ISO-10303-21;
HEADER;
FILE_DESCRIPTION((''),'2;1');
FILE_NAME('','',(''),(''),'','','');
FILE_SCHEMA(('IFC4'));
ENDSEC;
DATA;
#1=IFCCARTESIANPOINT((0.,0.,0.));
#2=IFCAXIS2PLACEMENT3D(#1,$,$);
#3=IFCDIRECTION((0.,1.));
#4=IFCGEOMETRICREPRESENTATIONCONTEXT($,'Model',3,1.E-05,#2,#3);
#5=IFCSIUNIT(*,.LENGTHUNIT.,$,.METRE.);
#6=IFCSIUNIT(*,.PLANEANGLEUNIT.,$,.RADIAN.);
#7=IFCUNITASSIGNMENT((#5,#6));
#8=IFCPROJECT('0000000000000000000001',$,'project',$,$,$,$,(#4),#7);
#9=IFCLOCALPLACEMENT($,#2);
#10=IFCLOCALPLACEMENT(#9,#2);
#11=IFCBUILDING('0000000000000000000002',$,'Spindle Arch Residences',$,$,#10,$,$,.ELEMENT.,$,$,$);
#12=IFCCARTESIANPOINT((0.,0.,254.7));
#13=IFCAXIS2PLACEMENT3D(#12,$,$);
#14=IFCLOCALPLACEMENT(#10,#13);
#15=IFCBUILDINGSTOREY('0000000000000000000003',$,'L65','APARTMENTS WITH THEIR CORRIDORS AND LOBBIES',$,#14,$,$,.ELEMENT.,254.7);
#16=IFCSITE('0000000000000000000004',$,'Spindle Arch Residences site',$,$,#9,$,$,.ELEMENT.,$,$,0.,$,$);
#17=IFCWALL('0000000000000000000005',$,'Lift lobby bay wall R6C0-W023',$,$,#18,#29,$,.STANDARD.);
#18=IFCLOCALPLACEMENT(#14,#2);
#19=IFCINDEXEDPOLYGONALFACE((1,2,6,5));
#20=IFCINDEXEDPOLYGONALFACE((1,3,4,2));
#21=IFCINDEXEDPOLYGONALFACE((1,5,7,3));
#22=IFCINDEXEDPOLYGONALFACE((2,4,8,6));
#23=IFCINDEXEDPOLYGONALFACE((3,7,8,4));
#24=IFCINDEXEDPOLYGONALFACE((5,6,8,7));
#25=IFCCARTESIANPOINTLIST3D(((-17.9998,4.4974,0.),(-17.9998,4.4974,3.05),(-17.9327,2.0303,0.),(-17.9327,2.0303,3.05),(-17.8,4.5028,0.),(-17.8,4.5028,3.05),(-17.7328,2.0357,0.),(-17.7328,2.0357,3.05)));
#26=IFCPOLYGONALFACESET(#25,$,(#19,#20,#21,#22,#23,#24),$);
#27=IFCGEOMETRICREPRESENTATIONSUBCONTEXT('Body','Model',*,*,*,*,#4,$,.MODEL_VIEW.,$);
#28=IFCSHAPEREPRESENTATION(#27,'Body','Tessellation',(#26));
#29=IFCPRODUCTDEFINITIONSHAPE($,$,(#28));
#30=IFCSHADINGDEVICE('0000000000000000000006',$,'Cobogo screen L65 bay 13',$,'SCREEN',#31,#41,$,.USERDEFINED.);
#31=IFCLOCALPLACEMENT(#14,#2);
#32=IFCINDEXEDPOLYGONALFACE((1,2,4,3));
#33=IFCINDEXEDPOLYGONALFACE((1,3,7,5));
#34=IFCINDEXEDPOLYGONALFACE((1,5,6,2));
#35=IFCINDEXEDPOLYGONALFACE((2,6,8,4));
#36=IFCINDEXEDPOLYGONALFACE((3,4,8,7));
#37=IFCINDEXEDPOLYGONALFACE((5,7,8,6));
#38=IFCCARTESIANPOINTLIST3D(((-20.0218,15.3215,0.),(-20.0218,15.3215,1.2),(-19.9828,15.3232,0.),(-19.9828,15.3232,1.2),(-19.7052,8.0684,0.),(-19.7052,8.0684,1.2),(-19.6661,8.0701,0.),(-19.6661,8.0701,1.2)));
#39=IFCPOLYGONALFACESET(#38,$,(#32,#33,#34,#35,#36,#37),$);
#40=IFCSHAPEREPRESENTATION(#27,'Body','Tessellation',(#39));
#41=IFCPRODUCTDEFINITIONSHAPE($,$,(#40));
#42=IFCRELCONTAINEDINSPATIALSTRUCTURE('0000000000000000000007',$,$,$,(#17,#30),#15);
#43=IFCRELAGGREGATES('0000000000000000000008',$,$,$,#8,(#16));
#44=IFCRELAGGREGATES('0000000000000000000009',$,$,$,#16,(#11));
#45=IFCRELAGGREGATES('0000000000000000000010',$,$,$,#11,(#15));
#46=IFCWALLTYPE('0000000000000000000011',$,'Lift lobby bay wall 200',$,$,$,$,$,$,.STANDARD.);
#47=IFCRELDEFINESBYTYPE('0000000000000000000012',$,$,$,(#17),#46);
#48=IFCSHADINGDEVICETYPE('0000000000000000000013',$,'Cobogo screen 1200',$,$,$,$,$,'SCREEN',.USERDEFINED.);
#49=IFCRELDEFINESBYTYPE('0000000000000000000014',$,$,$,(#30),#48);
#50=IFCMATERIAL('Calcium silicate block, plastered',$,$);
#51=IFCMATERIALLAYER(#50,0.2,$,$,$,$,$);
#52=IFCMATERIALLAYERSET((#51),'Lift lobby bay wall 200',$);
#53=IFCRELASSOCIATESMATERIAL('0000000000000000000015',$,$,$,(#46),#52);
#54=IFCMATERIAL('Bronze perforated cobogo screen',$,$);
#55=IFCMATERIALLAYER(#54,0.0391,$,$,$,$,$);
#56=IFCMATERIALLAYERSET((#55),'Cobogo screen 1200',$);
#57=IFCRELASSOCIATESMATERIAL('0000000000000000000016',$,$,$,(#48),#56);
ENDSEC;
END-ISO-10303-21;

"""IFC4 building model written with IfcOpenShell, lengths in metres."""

from ifc_helpers import new_model, si_unit, direction, frame, frame_2d, origin, origin_2d, place, context, subcontext, project, spatial, rectangle, extrude, material, layer, layer_set, type_object, element, save


model = new_model("IFC4")

# Units and contexts
model_context = context("Model", 3, precision=1e-05, world=origin(), true_north=direction((0.0, 1.0)))
body_context = subcontext(model_context, "Body", "Model", "MODEL_VIEW")
ifc_project = project(units=[si_unit("LENGTHUNIT", "METRE"), si_unit("PLANEANGLEUNIT", "RADIAN")], contexts=[model_context])

# Site, building, storey
site_placement = place(None, origin())
site = spatial("IfcSite", under=ifc_project, at=site_placement, Name="Spindle Arch Residences site", CompositionType="ELEMENT", RefElevation=0.0)
building_placement = place(site_placement, origin())
building = spatial("IfcBuilding", under=site, at=building_placement, Name="Spindle Arch Residences", CompositionType="ELEMENT")
storey_placement = place(building_placement, frame((0.0, 0.0, 254.7)))
storey = spatial("IfcBuildingStorey", under=building, at=storey_placement, Name="L65", Description="APARTMENTS WITH THEIR CORRIDORS AND LOBBIES", CompositionType="ELEMENT", Elevation=254.7)

# Shared definitions
ifc_material_1 = material(Name="Calcium silicate block, plastered")
ifc_layer_1 = layer(ifc_material_1, 0.2)
ifc_layer_set_1 = layer_set([ifc_layer_1], Name="Lift lobby bay wall 200")
wall_type_1 = type_object("IfcWallType", Name="Lift lobby bay wall 200", PredefinedType="STANDARD", material=ifc_layer_set_1)

# Wall
wall_1_placement = place(storey_placement, frame((-17.8999, 4.5, 0.0), z_axis=(0.0, 0.0, 1.0), x_axis=(0.027204, -0.99963, 0.0)))
element("IfcWall", 1, at=wall_1_placement, inside=storey, type_object=wall_type_1, Name="Lift lobby bay wall R6C0-W023", PredefinedType="STANDARD", context=body_context, shape_type="SweptSolid", body=[
    extrude(rectangle(XDim=2.468, YDim=0.2, at=frame_2d((1.2339, 0.0))), origin(), (0.0, 0.0, 1.0), 3.05),
])

# Shading device
ifc_material_2 = material(Name="Bronze perforated cobogo screen")
ifc_layer_2 = layer(ifc_material_2, 0.0391)
ifc_layer_set_2 = layer_set([ifc_layer_2], Name="Cobogo screen 1200")
shading_device_type = type_object("IfcShadingDeviceType", Name="Cobogo screen 1200", ElementType="SCREEN", PredefinedType="USERDEFINED", material=ifc_layer_set_2)
shading_device_placement = place(storey_placement, frame((-19.844, 11.6958, 0.0), z_axis=(0.0, 0.0, 1.0), x_axis=(0.043619, -0.999048, 0.0)))
element("IfcShadingDevice", 2, at=shading_device_placement, inside=storey, type_object=shading_device_type, Name="Cobogo screen L65 bay 13", ObjectType="SCREEN", PredefinedType="USERDEFINED", context=body_context, shape_type="SweptSolid", body=[
    extrude(rectangle(XDim=7.26, YDim=0.0391, at=origin_2d()), origin(), (0.0, 0.0, 1.0), 1.2),
])

save(model, "model.ifc")
